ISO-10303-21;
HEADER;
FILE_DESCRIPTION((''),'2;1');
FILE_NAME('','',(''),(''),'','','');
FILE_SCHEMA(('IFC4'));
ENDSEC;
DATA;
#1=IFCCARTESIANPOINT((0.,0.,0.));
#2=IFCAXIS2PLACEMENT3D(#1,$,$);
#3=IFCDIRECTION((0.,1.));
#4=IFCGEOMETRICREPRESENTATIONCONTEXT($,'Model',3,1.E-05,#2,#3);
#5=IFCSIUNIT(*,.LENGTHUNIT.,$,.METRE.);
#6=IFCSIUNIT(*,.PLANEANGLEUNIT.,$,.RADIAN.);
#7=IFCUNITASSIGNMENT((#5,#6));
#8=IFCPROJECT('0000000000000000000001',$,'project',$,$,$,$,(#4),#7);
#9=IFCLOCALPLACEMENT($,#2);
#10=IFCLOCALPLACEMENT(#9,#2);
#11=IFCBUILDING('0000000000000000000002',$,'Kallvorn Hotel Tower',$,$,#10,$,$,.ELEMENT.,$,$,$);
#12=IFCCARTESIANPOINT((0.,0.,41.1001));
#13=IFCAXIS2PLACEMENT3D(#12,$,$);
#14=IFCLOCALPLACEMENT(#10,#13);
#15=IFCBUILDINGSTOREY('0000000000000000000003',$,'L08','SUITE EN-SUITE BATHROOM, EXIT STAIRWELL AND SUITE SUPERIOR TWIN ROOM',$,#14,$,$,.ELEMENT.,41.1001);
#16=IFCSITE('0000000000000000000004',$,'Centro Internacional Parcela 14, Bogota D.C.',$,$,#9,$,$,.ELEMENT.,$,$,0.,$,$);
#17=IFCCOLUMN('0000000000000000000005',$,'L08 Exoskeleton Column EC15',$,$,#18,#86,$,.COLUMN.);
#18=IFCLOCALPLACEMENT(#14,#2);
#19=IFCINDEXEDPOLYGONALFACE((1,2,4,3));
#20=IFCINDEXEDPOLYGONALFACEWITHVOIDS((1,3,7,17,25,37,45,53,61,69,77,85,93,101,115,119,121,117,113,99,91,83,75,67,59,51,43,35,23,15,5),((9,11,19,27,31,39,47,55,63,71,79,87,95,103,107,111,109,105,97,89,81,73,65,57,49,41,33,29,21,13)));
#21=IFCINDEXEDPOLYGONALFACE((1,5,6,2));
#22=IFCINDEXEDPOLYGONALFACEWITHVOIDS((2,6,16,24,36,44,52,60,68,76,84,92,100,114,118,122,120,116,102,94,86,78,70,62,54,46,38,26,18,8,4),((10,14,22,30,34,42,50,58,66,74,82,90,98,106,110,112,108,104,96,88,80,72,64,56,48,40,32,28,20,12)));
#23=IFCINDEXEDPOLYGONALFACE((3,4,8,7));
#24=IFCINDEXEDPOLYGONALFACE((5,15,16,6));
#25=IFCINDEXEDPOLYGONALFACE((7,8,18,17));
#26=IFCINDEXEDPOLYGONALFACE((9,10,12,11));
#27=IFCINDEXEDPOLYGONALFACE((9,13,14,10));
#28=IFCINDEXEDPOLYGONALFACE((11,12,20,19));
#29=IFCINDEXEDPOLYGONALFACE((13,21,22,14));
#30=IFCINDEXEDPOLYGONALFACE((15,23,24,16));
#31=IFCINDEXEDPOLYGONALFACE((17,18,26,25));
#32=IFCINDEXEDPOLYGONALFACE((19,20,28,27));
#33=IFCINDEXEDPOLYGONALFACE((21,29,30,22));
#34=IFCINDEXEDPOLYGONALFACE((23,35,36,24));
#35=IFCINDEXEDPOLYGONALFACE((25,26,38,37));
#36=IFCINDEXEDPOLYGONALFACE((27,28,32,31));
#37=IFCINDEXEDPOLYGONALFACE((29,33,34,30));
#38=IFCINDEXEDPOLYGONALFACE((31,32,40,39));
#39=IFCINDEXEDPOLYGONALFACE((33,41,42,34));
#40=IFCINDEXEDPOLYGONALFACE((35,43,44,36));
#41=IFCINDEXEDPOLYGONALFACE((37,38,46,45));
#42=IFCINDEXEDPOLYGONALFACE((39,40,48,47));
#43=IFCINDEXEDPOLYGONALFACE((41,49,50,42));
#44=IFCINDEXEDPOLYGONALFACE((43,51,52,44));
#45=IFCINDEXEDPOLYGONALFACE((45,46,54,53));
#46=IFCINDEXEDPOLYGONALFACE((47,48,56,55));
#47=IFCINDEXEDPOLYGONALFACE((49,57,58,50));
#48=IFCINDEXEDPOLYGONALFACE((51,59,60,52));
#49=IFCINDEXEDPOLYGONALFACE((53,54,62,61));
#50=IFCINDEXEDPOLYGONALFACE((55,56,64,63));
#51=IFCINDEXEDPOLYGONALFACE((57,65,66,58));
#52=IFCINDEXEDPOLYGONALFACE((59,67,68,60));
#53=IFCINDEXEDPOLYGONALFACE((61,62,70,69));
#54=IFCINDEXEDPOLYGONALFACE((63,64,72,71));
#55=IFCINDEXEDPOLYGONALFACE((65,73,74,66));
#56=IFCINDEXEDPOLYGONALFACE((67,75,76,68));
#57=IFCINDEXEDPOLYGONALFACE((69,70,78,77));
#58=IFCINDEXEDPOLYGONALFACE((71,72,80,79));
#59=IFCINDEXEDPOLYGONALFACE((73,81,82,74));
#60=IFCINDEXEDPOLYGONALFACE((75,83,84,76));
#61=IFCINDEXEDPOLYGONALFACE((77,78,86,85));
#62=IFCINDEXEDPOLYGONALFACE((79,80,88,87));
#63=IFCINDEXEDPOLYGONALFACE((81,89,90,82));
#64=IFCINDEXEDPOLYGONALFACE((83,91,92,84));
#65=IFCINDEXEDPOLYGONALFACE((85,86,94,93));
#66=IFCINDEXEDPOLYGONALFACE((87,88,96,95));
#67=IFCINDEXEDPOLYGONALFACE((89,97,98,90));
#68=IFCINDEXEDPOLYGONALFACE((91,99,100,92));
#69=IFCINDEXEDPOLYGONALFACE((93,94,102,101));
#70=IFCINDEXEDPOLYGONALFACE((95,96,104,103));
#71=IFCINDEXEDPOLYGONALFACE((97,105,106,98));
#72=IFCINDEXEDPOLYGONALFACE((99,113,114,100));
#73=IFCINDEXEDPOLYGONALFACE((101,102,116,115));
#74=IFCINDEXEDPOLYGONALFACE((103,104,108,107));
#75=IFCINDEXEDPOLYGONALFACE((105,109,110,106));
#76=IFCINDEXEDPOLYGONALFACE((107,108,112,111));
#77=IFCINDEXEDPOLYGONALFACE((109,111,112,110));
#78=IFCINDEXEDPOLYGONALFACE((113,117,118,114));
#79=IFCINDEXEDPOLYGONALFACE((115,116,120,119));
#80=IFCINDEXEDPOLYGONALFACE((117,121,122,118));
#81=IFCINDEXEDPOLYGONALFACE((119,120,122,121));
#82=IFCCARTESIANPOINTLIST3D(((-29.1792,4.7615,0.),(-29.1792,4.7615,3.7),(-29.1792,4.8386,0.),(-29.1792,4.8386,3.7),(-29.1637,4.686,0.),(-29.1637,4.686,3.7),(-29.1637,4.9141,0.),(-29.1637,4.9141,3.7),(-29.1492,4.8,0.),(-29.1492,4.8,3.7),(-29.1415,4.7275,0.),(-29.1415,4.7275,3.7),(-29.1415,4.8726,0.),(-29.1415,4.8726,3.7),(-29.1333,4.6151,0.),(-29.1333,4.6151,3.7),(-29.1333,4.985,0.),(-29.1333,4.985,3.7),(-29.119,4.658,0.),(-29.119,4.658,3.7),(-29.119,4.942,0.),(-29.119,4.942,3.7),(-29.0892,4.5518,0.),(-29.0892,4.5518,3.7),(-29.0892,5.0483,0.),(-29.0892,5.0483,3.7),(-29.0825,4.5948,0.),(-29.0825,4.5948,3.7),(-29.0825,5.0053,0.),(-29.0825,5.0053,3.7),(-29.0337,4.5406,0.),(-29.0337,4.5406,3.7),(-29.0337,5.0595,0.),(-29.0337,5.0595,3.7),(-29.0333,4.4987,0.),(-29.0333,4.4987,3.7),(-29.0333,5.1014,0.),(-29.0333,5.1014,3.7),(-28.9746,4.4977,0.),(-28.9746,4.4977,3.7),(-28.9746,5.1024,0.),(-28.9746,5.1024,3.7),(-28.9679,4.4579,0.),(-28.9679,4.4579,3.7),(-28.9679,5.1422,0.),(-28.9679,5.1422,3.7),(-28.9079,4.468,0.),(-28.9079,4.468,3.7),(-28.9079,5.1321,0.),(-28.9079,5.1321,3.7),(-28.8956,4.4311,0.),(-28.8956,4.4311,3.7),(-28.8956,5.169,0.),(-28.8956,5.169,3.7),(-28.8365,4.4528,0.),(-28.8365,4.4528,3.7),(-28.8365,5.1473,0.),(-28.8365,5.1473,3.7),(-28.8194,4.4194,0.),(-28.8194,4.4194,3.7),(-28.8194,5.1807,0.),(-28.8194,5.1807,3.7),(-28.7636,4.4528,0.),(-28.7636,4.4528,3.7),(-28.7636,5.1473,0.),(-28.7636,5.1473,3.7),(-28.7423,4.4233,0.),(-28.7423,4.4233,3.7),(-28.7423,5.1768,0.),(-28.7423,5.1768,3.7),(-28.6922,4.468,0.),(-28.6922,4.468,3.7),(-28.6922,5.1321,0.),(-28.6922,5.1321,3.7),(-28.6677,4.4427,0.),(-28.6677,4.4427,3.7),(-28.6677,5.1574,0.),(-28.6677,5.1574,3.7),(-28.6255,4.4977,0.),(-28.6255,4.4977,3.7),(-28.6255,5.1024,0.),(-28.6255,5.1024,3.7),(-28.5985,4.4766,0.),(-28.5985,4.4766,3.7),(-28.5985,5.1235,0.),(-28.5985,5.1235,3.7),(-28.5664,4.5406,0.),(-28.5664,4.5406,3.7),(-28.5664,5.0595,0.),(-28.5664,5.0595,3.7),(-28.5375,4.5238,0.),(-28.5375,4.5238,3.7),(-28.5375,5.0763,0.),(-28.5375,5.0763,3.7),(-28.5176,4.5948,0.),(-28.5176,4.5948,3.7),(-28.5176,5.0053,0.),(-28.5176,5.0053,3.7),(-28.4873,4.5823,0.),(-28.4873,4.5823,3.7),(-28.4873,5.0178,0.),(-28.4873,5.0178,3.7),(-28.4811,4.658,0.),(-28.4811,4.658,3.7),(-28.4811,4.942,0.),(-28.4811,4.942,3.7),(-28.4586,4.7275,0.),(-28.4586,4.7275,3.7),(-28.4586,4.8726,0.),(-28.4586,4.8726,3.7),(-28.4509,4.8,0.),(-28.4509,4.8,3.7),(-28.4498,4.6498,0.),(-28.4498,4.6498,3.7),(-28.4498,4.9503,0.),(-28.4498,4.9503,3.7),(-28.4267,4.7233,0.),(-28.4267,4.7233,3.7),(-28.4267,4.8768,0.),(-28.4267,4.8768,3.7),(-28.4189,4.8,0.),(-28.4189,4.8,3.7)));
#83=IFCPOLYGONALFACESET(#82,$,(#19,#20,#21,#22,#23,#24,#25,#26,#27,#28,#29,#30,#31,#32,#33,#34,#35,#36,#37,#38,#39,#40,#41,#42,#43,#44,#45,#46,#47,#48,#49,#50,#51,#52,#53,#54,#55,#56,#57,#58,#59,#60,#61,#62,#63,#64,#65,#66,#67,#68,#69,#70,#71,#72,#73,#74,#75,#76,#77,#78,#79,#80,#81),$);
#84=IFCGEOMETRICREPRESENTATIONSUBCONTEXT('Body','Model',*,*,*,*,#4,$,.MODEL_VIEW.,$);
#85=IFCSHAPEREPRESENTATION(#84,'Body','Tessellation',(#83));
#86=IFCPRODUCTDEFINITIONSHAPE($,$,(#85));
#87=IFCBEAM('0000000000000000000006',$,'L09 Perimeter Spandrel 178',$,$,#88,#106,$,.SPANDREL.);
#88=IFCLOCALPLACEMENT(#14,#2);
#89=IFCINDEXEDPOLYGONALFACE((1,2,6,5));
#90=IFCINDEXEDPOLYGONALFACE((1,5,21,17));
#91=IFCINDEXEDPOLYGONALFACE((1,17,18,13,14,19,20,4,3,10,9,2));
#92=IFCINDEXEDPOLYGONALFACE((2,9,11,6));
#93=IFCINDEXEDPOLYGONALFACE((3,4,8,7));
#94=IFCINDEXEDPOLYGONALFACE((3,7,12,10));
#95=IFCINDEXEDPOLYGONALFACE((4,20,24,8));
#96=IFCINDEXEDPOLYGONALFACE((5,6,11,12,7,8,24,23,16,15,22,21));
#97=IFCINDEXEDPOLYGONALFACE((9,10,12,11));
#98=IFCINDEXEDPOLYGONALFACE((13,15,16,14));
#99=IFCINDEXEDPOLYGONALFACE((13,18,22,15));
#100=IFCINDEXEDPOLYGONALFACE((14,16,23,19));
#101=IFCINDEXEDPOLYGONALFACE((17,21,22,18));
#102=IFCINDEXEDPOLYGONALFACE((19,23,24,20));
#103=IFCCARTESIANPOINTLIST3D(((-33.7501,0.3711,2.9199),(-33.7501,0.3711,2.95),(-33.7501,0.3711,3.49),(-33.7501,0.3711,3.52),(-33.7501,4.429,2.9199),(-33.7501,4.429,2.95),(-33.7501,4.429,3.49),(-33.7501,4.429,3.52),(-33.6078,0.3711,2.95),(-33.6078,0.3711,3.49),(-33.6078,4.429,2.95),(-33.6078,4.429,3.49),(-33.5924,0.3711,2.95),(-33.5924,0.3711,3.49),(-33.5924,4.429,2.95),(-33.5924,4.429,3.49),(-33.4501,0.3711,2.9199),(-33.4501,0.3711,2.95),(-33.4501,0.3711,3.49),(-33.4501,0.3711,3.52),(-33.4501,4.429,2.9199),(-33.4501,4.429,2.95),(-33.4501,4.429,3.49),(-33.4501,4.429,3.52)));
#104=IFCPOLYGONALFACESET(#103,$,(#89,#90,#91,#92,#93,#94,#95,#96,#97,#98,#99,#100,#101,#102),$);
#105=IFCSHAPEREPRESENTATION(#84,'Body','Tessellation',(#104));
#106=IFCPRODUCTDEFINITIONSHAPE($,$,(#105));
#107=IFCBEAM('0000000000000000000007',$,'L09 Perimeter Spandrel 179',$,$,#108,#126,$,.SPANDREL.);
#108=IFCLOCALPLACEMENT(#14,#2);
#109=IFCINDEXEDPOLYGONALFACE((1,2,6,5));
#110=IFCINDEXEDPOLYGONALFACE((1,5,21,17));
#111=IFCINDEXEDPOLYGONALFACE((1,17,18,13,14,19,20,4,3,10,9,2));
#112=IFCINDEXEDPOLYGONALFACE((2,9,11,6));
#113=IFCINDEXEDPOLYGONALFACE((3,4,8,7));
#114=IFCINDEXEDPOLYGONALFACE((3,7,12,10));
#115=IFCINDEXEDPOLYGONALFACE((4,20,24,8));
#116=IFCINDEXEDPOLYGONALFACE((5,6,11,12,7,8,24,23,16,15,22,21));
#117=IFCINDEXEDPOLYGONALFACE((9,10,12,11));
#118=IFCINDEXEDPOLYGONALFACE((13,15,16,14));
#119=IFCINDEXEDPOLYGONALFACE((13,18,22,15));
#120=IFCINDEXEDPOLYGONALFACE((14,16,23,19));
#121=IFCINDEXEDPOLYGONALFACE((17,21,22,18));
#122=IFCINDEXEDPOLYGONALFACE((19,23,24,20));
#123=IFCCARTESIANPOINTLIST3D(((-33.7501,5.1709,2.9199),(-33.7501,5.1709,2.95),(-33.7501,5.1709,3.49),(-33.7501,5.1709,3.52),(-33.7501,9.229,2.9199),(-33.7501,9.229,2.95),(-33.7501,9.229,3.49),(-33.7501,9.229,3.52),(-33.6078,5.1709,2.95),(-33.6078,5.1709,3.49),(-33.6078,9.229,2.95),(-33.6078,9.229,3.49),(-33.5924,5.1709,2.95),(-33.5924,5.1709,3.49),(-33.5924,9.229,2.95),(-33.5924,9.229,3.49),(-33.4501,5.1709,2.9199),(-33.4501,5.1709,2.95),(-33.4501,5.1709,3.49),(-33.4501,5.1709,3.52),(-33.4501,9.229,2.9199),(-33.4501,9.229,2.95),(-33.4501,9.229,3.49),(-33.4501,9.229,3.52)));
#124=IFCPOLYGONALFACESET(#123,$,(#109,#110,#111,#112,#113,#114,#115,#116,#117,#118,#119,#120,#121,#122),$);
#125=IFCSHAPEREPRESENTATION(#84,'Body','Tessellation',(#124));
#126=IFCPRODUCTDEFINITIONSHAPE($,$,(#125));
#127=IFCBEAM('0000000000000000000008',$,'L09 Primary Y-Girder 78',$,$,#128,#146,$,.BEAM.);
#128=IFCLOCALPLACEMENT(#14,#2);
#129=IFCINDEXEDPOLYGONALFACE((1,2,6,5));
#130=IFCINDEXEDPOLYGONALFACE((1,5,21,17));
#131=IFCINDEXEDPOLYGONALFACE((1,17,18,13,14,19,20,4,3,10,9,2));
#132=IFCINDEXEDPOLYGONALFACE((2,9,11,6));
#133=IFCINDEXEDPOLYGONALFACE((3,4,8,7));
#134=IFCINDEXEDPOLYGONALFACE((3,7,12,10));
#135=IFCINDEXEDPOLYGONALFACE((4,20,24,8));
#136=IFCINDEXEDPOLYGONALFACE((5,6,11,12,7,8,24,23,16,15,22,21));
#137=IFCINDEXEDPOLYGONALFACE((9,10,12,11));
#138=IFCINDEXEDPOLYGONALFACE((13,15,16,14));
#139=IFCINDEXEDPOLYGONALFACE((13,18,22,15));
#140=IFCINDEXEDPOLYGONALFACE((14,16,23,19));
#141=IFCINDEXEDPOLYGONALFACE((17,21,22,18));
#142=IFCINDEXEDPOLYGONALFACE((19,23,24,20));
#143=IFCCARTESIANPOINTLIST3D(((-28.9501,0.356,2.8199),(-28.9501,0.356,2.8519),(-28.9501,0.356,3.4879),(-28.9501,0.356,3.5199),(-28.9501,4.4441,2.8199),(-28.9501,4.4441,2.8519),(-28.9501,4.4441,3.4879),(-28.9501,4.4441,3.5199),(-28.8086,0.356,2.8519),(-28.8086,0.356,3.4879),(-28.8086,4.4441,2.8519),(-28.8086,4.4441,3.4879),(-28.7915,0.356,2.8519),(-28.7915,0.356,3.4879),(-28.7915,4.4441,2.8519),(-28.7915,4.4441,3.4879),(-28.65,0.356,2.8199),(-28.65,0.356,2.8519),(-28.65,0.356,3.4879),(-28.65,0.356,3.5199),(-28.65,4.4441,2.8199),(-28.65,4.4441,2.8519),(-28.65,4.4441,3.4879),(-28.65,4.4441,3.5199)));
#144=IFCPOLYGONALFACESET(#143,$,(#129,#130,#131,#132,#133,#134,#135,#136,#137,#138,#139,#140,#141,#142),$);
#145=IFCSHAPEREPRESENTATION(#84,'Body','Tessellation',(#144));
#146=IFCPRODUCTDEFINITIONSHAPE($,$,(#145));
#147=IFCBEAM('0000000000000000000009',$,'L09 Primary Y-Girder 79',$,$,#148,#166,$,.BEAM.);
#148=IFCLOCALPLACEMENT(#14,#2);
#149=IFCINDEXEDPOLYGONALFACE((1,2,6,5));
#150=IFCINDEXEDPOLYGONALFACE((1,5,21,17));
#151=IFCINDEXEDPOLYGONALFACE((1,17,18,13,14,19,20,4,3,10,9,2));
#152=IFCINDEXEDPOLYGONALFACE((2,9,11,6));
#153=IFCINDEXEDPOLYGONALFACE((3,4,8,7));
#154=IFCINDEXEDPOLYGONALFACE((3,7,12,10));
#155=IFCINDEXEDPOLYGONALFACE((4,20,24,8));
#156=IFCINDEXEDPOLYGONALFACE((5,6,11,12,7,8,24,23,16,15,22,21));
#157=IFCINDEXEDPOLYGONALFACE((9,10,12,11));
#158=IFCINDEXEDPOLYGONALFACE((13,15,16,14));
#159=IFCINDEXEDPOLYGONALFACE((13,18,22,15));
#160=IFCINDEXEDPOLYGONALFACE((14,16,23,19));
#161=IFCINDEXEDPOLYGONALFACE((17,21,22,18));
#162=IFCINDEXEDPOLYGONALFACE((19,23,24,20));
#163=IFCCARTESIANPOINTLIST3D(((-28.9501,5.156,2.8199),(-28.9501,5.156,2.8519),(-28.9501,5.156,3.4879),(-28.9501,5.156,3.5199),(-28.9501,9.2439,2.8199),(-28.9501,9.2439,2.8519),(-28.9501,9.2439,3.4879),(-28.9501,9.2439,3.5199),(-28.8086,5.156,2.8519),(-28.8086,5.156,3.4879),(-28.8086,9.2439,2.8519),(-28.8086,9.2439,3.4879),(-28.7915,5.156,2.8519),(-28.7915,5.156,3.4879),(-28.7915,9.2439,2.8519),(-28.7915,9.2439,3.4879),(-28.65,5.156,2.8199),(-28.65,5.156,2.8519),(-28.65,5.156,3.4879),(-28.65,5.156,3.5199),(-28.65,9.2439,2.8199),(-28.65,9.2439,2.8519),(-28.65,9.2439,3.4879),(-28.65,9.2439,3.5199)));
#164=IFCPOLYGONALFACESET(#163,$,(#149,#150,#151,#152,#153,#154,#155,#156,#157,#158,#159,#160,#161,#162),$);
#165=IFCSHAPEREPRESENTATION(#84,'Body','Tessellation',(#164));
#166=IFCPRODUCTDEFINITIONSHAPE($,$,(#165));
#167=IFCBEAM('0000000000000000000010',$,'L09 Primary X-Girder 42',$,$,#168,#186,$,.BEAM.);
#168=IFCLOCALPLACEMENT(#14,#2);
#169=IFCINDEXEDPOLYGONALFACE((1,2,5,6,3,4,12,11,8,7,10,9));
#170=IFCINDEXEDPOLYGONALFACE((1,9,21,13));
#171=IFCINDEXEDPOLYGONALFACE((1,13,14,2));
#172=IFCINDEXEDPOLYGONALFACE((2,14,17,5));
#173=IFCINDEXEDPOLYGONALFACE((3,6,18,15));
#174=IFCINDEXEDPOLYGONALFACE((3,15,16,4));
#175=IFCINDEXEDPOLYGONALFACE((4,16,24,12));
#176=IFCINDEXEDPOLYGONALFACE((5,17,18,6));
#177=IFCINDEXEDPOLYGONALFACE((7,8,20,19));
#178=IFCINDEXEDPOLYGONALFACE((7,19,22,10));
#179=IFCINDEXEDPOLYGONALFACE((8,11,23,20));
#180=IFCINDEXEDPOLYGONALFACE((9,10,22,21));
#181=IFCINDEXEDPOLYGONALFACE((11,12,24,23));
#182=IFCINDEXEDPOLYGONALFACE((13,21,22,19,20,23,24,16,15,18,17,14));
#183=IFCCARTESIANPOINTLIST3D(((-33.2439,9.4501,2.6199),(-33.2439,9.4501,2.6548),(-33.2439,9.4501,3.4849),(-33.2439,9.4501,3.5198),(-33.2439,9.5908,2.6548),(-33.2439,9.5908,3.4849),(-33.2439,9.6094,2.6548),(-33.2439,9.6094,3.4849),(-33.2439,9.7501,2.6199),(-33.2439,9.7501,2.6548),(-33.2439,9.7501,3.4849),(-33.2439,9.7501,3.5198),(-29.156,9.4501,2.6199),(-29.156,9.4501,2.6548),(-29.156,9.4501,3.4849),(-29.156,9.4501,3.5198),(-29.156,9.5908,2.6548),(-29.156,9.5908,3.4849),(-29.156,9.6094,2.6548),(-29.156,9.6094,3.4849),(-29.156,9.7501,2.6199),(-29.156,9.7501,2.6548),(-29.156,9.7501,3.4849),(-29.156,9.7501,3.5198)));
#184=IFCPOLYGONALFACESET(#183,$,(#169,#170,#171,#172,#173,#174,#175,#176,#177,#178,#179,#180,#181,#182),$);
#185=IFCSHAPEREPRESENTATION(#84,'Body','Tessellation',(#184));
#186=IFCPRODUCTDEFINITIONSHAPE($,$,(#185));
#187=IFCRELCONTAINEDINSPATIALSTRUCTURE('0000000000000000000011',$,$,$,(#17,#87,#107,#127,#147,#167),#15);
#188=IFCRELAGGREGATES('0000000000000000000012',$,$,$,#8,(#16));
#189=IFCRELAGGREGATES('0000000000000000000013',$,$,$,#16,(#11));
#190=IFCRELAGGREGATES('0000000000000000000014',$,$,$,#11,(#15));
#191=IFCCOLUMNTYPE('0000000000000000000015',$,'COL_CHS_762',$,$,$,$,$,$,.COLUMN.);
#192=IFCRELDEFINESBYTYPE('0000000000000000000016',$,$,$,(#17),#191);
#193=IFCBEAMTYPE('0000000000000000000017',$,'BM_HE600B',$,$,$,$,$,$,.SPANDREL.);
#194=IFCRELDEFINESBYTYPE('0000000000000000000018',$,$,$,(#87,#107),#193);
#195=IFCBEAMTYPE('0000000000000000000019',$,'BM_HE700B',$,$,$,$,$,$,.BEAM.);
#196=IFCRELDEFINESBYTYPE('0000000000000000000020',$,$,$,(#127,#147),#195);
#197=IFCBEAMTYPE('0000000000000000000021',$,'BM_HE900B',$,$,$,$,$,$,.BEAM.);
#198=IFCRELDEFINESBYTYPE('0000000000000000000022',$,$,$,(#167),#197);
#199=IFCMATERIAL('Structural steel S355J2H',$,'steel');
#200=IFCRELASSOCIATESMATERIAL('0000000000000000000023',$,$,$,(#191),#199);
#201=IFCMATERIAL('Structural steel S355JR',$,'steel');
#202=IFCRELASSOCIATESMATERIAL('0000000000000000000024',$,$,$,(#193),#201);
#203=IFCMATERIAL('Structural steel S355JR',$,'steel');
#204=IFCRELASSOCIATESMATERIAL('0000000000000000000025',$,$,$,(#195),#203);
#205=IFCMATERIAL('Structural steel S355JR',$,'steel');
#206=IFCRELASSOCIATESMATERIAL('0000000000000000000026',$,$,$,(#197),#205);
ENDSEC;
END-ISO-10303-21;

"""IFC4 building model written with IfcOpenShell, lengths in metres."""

from ifc_helpers import new_model, si_unit, direction, frame, origin, origin_2d, place, context, subcontext, project, spatial, hollow_circle, i_section, extrude, material, material_profile, profile_set, type_object, element, save


model = new_model("IFC4")

# Units and contexts
model_context = context("Model", 3, precision=1e-05, world=origin(), true_north=direction((0.0, 1.0)))
body_context = subcontext(model_context, "Body", "Model", "MODEL_VIEW")
ifc_project = project(units=[si_unit("LENGTHUNIT", "METRE"), si_unit("PLANEANGLEUNIT", "RADIAN")], contexts=[model_context])

# Site, building, storey
site_placement = place(None, origin())
site = spatial("IfcSite", under=ifc_project, at=site_placement, Name="Centro Internacional Parcela 14, Bogota D.C.", CompositionType="ELEMENT", RefElevation=0.0)
building_placement = place(site_placement, origin())
building = spatial("IfcBuilding", under=site, at=building_placement, Name="Kallvorn Hotel Tower", CompositionType="ELEMENT")
storey_placement = place(building_placement, frame((0.0, 0.0, 41.1001)))
storey = spatial("IfcBuildingStorey", under=building, at=storey_placement, Name="L08", Description="SUITE EN-SUITE BATHROOM, EXIT STAIRWELL AND SUITE SUPERIOR TWIN ROOM", CompositionType="ELEMENT", Elevation=41.1001)

# Column
ifc_material_1 = material(Name="Structural steel S355J2H", Category="steel")
ifc_material_profile_1 = material_profile(ifc_material_1, hollow_circle(Radius=0.3811, WallThickness=0.032, at=origin_2d()), Name="CHS 762x32")
ifc_profile_set_1 = profile_set([ifc_material_profile_1], Name="Structural steel S355J2H")
column_type = type_object("IfcColumnType", Name="COL_CHS_762", PredefinedType="COLUMN", material=ifc_profile_set_1)
for number, where, z_axis, x_axis, name in (
    (1, (-28.8, 4.8, 0.0), (0.0, 0.0, 1.0), (1.0, 0.0, 0.0), "L08 Exoskeleton Column EC15"),
):
    element("IfcColumn", number, at=place(storey_placement, frame(where, z_axis=z_axis, x_axis=x_axis)), inside=storey, type_object=column_type, Name=name, PredefinedType="COLUMN", context=body_context, shape_type="SweptSolid", body=[
        extrude(hollow_circle(Radius=0.3811, WallThickness=0.032, at=origin_2d()), origin(), (0.0, 0.0, 1.0), 3.7),
    ])

# Beams
ifc_material_2 = material(Name="Structural steel S355JR", Category="steel")
ifc_material_profile_2 = material_profile(ifc_material_2, i_section(OverallWidth=0.3, OverallDepth=0.6001, WebThickness=0.0154, FlangeThickness=0.03, at=origin_2d()), Name="HE 600 B")
ifc_profile_set_2 = profile_set([ifc_material_profile_2], Name="Structural steel S355JR")
beam_type_1 = type_object("IfcBeamType", Name="BM_HE600B", PredefinedType="SPANDREL", material=ifc_profile_set_2)
beam_1_placement = place(storey_placement, frame((-33.6001, 0.3711, 3.22), z_axis=(0.0, 1.0, 0.0), x_axis=(-1.0, 0.0, 0.0)))
element("IfcBeam", 2, at=beam_1_placement, inside=storey, type_object=beam_type_1, Name="L09 Perimeter Spandrel 178", PredefinedType="SPANDREL", context=body_context, shape_type="SweptSolid", body=[
    extrude(i_section(OverallWidth=0.3, OverallDepth=0.6001, WebThickness=0.0154, FlangeThickness=0.03, at=origin_2d()), origin(), (0.0, 0.0, 1.0), 4.0579),
])
beam_2_placement = place(storey_placement, frame((-33.6001, 5.1709, 3.22), z_axis=(0.0, 1.0, 0.0), x_axis=(-1.0, 0.0, 0.0)))
element("IfcBeam", 3, at=beam_2_placement, inside=storey, type_object=beam_type_1, Name="L09 Perimeter Spandrel 179", PredefinedType="SPANDREL", context=body_context, shape_type="SweptSolid", body=[
    extrude(i_section(OverallWidth=0.3, OverallDepth=0.6001, WebThickness=0.0154, FlangeThickness=0.03, at=origin_2d()), origin(), (0.0, 0.0, 1.0), 4.0581),
])
ifc_material_3 = material(Name="Structural steel S355JR", Category="steel")
ifc_material_profile_3 = material_profile(ifc_material_3, i_section(OverallWidth=0.3, OverallDepth=0.7, WebThickness=0.0171, FlangeThickness=0.032, at=origin_2d()), Name="HE 700 B")
ifc_profile_set_3 = profile_set([ifc_material_profile_3], Name="Structural steel S355JR")
beam_type_2 = type_object("IfcBeamType", Name="BM_HE700B", PredefinedType="BEAM", material=ifc_profile_set_3)
beam_3_placement = place(storey_placement, frame((-28.8, 0.356, 3.1699), z_axis=(0.0, 1.0, 0.0), x_axis=(-1.0, 0.0, 0.0)))
element("IfcBeam", 4, at=beam_3_placement, inside=storey, type_object=beam_type_2, Name="L09 Primary Y-Girder 78", PredefinedType="BEAM", context=body_context, shape_type="SweptSolid", body=[
    extrude(i_section(OverallWidth=0.3, OverallDepth=0.7, WebThickness=0.0171, FlangeThickness=0.032, at=origin_2d()), origin(), (0.0, 0.0, 1.0), 4.0881),
])
beam_4_placement = place(storey_placement, frame((-28.8, 5.156, 3.1699), z_axis=(0.0, 1.0, 0.0), x_axis=(-1.0, 0.0, 0.0)))
element("IfcBeam", 5, at=beam_4_placement, inside=storey, type_object=beam_type_2, Name="L09 Primary Y-Girder 79", PredefinedType="BEAM", context=body_context, shape_type="SweptSolid", body=[
    extrude(i_section(OverallWidth=0.3, OverallDepth=0.7, WebThickness=0.0171, FlangeThickness=0.032, at=origin_2d()), origin(), (0.0, 0.0, 1.0), 4.0879),
])
ifc_material_4 = material(Name="Structural steel S355JR", Category="steel")
ifc_material_profile_4 = material_profile(ifc_material_4, i_section(OverallWidth=0.3, OverallDepth=0.8999, WebThickness=0.0186, FlangeThickness=0.0349, at=origin_2d()), Name="HE 900 B")
ifc_profile_set_4 = profile_set([ifc_material_profile_4], Name="Structural steel S355JR")
beam_type_3 = type_object("IfcBeamType", Name="BM_HE900B", PredefinedType="BEAM", material=ifc_profile_set_4)
beam_5_placement = place(storey_placement, frame((-33.2439, 9.6001, 3.0698), z_axis=(1.0, 0.0, 0.0), x_axis=(0.0, 1.0, 0.0)))
element("IfcBeam", 6, at=beam_5_placement, inside=storey, type_object=beam_type_3, Name="L09 Primary X-Girder 42", PredefinedType="BEAM", context=body_context, shape_type="SweptSolid", body=[
    extrude(i_section(OverallWidth=0.3, OverallDepth=0.8999, WebThickness=0.0186, FlangeThickness=0.0349, at=origin_2d()), origin(), (0.0, 0.0, 1.0), 4.0879),
])

save(model, "model.ifc")
